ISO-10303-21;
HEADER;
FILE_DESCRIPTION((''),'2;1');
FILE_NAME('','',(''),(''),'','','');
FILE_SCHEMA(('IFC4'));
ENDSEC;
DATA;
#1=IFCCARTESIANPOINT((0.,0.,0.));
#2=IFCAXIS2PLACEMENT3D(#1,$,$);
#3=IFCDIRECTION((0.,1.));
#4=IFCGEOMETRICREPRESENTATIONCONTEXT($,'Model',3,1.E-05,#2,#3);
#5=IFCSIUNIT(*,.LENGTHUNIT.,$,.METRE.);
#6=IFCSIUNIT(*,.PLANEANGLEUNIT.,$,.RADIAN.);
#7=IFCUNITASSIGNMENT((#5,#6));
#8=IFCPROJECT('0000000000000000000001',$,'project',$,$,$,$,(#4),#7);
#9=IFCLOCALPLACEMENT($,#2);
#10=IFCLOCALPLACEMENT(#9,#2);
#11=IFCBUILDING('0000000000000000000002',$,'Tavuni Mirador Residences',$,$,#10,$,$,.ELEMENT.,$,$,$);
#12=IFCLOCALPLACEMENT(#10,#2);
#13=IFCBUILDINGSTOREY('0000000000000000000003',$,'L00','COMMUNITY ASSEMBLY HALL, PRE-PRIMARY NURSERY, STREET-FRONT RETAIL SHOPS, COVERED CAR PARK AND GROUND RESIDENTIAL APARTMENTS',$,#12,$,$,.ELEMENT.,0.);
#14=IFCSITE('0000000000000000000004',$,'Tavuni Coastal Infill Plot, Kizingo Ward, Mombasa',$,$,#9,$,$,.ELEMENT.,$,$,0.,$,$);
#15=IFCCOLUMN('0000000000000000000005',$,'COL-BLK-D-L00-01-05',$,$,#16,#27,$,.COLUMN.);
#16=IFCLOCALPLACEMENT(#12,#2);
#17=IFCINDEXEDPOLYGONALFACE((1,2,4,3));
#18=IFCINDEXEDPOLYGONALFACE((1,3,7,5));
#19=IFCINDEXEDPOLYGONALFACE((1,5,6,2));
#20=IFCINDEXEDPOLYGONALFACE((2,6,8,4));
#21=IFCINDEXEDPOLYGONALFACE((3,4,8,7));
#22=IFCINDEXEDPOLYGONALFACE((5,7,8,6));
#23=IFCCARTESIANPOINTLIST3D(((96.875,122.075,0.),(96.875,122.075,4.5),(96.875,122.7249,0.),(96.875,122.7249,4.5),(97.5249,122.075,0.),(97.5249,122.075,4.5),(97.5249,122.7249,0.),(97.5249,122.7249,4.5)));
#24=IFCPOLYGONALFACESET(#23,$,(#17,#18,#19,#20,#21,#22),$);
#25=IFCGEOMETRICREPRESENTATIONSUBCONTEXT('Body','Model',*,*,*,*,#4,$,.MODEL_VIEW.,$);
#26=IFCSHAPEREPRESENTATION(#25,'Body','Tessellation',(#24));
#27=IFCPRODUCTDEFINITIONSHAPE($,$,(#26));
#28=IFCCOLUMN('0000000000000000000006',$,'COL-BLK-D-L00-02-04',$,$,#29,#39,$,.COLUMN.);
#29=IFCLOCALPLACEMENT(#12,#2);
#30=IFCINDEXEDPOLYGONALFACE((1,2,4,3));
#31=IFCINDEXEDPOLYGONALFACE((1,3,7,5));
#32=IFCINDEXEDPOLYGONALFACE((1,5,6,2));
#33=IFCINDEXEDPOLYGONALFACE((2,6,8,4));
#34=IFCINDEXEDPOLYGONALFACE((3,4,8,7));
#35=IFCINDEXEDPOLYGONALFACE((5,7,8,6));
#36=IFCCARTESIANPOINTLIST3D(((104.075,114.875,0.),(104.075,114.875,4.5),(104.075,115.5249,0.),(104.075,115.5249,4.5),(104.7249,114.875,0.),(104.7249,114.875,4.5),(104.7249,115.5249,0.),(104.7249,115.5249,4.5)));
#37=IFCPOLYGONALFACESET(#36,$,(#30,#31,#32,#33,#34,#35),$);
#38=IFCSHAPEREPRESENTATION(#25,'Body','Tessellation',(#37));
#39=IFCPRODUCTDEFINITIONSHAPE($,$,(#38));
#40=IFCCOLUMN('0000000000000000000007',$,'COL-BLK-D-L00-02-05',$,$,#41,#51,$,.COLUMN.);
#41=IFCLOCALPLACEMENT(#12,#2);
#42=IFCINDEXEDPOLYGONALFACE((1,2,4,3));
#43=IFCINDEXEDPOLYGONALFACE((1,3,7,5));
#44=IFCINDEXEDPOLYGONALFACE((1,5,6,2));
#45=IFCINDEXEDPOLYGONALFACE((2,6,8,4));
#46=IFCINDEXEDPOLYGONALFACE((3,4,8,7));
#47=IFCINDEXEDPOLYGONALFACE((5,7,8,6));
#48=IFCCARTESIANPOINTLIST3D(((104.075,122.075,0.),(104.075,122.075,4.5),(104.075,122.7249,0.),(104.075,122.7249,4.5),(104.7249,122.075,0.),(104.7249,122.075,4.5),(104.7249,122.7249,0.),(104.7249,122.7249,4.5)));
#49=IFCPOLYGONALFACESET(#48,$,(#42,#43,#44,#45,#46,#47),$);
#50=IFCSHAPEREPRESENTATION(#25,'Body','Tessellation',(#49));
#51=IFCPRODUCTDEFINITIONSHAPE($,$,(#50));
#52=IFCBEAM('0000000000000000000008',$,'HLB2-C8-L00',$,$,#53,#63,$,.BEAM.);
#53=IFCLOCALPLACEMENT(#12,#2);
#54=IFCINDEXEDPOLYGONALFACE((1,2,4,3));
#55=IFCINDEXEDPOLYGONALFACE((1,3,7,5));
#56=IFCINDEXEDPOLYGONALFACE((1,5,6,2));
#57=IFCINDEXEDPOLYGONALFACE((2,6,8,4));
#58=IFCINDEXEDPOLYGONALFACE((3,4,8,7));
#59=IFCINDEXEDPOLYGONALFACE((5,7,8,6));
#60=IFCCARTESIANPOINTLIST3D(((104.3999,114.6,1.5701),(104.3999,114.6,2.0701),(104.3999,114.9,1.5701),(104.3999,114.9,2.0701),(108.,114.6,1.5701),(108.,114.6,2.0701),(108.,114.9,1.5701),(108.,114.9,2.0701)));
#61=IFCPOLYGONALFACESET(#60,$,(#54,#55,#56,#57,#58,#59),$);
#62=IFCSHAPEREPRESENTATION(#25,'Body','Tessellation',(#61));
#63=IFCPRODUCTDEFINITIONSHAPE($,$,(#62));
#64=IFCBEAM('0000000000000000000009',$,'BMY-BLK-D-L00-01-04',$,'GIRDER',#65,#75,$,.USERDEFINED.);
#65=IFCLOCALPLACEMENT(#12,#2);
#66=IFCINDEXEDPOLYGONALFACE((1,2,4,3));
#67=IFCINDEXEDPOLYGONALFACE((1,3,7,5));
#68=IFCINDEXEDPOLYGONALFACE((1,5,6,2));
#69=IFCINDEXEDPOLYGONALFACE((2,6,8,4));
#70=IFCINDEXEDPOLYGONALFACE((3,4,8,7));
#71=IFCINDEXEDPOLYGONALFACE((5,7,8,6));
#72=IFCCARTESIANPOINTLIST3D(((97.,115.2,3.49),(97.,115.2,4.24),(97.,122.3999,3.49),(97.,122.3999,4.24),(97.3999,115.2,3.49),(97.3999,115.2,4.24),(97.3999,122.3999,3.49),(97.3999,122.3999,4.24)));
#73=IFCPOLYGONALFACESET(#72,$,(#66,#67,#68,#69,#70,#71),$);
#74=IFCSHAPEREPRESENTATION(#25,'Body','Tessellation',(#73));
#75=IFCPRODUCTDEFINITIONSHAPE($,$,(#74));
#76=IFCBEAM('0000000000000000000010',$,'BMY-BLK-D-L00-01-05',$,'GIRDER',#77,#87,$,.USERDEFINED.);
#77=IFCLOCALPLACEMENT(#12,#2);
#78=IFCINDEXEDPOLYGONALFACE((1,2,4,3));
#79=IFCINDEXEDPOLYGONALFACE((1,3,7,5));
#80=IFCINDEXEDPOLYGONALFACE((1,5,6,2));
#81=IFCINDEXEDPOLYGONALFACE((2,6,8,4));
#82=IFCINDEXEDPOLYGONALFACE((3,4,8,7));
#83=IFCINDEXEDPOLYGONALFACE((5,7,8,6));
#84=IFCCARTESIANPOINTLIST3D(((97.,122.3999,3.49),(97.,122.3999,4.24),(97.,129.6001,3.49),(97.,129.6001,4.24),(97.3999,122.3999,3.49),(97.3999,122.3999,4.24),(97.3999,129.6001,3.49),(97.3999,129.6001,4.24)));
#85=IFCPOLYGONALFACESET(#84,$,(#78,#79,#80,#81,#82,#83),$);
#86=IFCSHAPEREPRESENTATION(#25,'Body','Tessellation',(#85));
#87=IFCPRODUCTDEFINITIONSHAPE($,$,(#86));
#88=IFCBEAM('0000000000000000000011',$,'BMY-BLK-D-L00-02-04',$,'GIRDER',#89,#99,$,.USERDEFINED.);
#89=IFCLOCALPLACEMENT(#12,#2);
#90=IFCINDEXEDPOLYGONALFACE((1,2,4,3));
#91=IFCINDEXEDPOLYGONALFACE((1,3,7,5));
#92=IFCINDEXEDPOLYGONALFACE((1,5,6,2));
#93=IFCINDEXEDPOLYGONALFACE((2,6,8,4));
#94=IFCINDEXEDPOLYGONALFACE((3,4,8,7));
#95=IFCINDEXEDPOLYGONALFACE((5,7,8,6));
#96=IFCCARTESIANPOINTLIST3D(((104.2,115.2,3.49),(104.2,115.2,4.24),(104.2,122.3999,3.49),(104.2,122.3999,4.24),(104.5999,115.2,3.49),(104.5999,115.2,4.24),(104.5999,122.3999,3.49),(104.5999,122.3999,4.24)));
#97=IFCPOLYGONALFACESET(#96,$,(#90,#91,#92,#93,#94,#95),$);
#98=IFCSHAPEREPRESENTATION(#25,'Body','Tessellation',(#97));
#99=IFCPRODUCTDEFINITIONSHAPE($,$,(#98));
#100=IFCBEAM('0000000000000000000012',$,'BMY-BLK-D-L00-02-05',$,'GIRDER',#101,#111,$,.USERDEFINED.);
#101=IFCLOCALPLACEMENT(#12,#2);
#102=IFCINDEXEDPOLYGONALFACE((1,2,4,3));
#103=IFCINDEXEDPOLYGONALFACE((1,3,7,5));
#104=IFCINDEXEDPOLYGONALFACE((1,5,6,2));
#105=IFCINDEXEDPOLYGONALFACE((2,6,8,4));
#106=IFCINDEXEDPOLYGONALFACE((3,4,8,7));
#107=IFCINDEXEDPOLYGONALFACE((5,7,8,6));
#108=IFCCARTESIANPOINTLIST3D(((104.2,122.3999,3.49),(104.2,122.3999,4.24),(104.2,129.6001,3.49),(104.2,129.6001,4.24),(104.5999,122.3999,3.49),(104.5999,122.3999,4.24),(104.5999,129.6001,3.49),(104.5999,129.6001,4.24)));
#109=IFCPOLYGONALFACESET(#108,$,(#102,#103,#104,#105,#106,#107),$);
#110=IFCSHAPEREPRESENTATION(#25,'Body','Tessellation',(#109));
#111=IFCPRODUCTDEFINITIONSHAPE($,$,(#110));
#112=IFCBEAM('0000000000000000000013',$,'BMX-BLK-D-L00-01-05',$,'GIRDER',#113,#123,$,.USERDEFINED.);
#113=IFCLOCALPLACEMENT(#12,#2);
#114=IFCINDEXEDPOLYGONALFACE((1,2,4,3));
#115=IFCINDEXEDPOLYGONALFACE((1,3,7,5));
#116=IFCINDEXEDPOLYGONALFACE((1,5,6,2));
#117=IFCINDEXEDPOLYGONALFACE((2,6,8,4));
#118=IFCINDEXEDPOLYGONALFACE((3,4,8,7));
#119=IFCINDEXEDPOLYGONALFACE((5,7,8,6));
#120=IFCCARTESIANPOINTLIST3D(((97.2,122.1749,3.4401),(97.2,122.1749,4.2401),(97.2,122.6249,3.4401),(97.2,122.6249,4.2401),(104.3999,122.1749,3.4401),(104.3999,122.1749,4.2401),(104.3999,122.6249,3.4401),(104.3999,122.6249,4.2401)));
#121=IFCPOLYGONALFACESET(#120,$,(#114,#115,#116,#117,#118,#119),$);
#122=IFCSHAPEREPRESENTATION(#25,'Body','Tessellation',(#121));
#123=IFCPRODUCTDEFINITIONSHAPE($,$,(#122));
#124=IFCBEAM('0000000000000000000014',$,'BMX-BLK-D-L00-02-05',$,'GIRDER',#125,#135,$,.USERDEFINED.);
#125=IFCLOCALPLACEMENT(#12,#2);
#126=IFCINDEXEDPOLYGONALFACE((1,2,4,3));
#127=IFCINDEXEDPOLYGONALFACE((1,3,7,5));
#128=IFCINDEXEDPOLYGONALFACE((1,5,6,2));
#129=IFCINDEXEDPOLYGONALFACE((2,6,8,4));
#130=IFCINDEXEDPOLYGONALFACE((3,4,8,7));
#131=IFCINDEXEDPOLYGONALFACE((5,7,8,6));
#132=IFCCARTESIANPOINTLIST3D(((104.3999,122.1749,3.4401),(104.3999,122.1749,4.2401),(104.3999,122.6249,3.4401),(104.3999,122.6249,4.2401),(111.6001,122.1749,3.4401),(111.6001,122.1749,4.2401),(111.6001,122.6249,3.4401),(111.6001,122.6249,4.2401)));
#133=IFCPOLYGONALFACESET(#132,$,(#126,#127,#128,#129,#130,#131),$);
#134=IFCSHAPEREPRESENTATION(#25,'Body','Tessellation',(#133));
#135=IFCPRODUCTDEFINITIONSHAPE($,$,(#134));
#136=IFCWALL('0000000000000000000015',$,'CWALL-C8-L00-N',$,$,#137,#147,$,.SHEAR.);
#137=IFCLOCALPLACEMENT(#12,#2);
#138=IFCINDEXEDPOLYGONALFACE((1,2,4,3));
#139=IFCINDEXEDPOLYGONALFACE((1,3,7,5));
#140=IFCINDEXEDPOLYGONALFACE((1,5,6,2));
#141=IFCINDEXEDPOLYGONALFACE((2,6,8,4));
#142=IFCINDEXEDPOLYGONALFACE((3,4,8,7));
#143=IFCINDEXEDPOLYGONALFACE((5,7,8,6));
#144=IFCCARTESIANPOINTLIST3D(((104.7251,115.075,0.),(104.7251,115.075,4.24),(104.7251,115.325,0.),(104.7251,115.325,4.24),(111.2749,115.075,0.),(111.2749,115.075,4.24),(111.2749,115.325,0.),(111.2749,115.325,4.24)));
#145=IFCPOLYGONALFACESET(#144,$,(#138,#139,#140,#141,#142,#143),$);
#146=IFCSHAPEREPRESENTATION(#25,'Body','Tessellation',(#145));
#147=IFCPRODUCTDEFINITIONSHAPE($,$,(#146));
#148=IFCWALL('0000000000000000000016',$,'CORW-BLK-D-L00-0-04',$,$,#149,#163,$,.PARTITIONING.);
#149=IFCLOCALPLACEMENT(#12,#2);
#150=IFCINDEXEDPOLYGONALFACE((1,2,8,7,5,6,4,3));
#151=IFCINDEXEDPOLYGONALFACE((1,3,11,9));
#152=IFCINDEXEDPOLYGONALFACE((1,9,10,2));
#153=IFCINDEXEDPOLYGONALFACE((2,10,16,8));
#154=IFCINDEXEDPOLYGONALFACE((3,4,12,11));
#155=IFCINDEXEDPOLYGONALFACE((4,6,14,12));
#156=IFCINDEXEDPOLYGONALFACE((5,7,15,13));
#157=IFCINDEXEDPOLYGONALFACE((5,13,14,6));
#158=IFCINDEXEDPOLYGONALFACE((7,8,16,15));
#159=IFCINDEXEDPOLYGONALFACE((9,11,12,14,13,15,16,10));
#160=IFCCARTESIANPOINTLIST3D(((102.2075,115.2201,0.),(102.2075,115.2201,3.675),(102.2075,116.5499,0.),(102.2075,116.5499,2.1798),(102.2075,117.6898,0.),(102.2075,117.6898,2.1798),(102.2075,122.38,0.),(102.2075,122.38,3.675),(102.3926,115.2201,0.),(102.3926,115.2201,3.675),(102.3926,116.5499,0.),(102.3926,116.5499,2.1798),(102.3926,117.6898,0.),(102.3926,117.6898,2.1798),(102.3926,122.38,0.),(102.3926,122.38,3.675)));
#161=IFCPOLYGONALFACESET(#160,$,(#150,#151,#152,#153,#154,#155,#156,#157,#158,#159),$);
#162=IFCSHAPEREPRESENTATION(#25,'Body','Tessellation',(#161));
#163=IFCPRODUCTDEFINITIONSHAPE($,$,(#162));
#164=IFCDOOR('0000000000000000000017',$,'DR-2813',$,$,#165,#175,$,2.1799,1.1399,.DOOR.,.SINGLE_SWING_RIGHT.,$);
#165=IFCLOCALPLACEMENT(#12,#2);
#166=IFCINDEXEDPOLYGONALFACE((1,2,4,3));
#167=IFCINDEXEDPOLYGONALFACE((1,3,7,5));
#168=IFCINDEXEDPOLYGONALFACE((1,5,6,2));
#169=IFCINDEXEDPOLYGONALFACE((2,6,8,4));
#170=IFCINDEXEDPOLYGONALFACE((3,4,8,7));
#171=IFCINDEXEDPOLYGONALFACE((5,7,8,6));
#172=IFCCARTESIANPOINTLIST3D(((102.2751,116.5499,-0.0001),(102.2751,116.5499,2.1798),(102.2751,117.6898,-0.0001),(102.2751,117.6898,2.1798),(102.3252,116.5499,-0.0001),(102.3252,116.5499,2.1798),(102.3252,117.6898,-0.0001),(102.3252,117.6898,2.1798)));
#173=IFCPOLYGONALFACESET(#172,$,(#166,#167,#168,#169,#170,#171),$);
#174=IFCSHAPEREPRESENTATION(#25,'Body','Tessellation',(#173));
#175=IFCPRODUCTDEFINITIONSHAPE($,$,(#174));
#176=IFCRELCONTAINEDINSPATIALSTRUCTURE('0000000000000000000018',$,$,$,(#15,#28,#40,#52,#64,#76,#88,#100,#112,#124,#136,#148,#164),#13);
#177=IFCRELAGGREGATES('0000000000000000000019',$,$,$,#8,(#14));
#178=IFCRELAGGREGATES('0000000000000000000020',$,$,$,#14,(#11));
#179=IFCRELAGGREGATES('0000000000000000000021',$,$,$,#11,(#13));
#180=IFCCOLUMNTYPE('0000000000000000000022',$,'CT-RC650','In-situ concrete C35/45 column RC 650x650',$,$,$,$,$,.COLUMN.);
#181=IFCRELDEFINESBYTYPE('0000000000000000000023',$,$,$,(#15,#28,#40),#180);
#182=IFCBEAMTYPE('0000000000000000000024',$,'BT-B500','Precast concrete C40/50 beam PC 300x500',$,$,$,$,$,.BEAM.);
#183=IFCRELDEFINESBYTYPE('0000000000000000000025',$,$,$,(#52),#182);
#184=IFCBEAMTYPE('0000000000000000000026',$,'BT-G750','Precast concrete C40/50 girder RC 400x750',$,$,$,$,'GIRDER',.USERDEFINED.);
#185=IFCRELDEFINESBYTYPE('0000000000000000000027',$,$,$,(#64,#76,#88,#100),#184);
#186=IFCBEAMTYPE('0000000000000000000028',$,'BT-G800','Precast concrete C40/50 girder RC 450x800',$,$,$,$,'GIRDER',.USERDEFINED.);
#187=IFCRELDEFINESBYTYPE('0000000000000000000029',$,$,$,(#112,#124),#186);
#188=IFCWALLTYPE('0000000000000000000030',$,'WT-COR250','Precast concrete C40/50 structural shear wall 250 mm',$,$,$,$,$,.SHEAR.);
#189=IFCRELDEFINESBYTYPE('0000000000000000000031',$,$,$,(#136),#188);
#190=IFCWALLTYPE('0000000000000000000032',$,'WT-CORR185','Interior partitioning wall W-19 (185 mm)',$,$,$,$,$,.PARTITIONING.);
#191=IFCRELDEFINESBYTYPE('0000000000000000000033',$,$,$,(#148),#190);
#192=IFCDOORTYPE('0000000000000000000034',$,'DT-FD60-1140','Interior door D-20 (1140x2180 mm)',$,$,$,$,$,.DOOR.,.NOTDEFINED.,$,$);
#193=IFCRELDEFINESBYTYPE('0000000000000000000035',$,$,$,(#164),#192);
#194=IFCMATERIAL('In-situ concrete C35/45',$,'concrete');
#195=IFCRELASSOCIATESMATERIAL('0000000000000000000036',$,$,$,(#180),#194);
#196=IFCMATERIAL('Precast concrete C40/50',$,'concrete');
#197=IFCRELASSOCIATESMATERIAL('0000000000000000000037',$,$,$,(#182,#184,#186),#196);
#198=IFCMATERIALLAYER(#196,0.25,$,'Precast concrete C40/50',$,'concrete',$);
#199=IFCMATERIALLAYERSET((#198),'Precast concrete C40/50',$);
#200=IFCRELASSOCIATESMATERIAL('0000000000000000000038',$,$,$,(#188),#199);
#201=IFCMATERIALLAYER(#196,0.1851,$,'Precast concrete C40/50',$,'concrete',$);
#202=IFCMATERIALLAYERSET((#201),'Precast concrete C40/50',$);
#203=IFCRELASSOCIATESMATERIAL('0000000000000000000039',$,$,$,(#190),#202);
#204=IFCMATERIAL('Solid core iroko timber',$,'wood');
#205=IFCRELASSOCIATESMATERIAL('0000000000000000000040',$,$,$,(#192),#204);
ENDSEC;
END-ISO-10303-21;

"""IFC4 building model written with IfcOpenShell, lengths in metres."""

from ifc_helpers import new_model, si_unit, direction, frame, frame_2d, origin, origin_2d, place, context, subcontext, project, spatial, rectangle, extrude, material, layer, layer_set, material_profile, profile_set, type_object, element, fill, save


model = new_model("IFC4")

# Units and contexts
model_context = context("Model", 3, precision=1e-05, world=origin(), true_north=direction((0.0, 1.0)))
body_context = subcontext(model_context, "Body", "Model", "MODEL_VIEW")
ifc_project = project(units=[si_unit("LENGTHUNIT", "METRE"), si_unit("PLANEANGLEUNIT", "RADIAN")], contexts=[model_context])

# Site, building, storey
site_placement = place(None, origin())
site = spatial("IfcSite", under=ifc_project, at=site_placement, Name="Tavuni Coastal Infill Plot, Kizingo Ward, Mombasa", CompositionType="ELEMENT", RefElevation=0.0)
building_placement = place(site_placement, origin())
building = spatial("IfcBuilding", under=site, at=building_placement, Name="Tavuni Mirador Residences", CompositionType="ELEMENT")
storey_placement = place(building_placement, origin())
storey = spatial("IfcBuildingStorey", under=building, at=storey_placement, Name="L00", Description="COMMUNITY ASSEMBLY HALL, PRE-PRIMARY NURSERY, STREET-FRONT RETAIL SHOPS, COVERED CAR PARK AND GROUND RESIDENTIAL APARTMENTS", CompositionType="ELEMENT", Elevation=0.0)

# Columns
ifc_material_1 = material(Name="In-situ concrete C35/45", Category="concrete")
ifc_material_profile_1 = material_profile(ifc_material_1, rectangle(XDim=0.6499, YDim=0.6499, at=origin_2d()), Name="RC 650x650", Category="concrete")
ifc_profile_set_1 = profile_set([ifc_material_profile_1], Name="In-situ concrete C35/45")
column_type = type_object("IfcColumnType", Name="CT-RC650", Description="In-situ concrete C35/45 column RC 650x650", PredefinedType="COLUMN", material=ifc_profile_set_1)
for number, where, z_axis, x_axis, name in (
    (1, (97.2, 122.3999, 0.0), (0.0, 0.0, 1.0), (1.0, 0.0, 0.0), "COL-BLK-D-L00-01-05"),
    (2, (104.3999, 115.2, 0.0), (0.0, 0.0, 1.0), (1.0, 0.0, 0.0), "COL-BLK-D-L00-02-04"),
    (3, (104.3999, 122.3999, 0.0), (0.0, 0.0, 1.0), (1.0, 0.0, 0.0), "COL-BLK-D-L00-02-05"),
):
    element("IfcColumn", number, at=place(storey_placement, frame(where, z_axis=z_axis, x_axis=x_axis)), inside=storey, type_object=column_type, Name=name, PredefinedType="COLUMN", context=body_context, shape_type="SweptSolid", body=[
        extrude(rectangle(XDim=0.6499, YDim=0.6499, at=origin_2d()), origin(), (0.0, 0.0, 1.0), 4.5),
    ])

# Beams
ifc_material_2 = material(Name="Precast concrete C40/50", Category="concrete")
ifc_material_profile_2 = material_profile(ifc_material_2, rectangle(XDim=0.3, YDim=0.5, at=origin_2d()), Name="PC 300x500", Category="concrete")
ifc_profile_set_2 = profile_set([ifc_material_profile_2], Name="Precast concrete C40/50")
beam_type_1 = type_object("IfcBeamType", Name="BT-B500", Description="Precast concrete C40/50 beam PC 300x500", PredefinedType="BEAM", material=ifc_profile_set_2)
beam_1_placement = place(storey_placement, frame((104.3999, 114.75, 1.8201), z_axis=(1.0, 0.0, 0.0), x_axis=(0.0, 1.0, 0.0)))
element("IfcBeam", 4, at=beam_1_placement, inside=storey, type_object=beam_type_1, Name="HLB2-C8-L00", PredefinedType="BEAM", context=body_context, shape_type="SweptSolid", body=[
    extrude(rectangle(XDim=0.3, YDim=0.5, at=origin_2d()), origin(), (0.0, 0.0, 1.0), 3.6001),
])
ifc_material_profile_3 = material_profile(ifc_material_2, rectangle(XDim=0.3999, YDim=0.75, at=origin_2d()), Name="RC 400x750", Category="concrete")
ifc_profile_set_3 = profile_set([ifc_material_profile_3], Name="Precast concrete C40/50")
beam_type_2 = type_object("IfcBeamType", Name="BT-G750", Description="Precast concrete C40/50 girder RC 400x750", ElementType="GIRDER", PredefinedType="USERDEFINED", material=ifc_profile_set_3)
beam_2_placement = place(storey_placement, frame((97.2, 115.2, 3.865), z_axis=(0.0, 1.0, 0.0), x_axis=(-1.0, 0.0, 0.0)))
element("IfcBeam", 5, at=beam_2_placement, inside=storey, type_object=beam_type_2, Name="BMY-BLK-D-L00-01-04", ObjectType="GIRDER", PredefinedType="USERDEFINED", context=body_context, shape_type="SweptSolid", body=[
    extrude(rectangle(XDim=0.3999, YDim=0.75, at=origin_2d()), origin(), (0.0, 0.0, 1.0), 7.2),
])
beam_3_placement = place(storey_placement, frame((97.2, 122.3999, 3.865), z_axis=(0.0, 1.0, 0.0), x_axis=(-1.0, 0.0, 0.0)))
element("IfcBeam", 6, at=beam_3_placement, inside=storey, type_object=beam_type_2, Name="BMY-BLK-D-L00-01-05", ObjectType="GIRDER", PredefinedType="USERDEFINED", context=body_context, shape_type="SweptSolid", body=[
    extrude(rectangle(XDim=0.3999, YDim=0.75, at=origin_2d()), origin(), (0.0, 0.0, 1.0), 7.2002),
])
beam_4_placement = place(storey_placement, frame((104.3999, 115.2, 3.865), z_axis=(0.0, 1.0, 0.0), x_axis=(-1.0, 0.0, 0.0)))
element("IfcBeam", 7, at=beam_4_placement, inside=storey, type_object=beam_type_2, Name="BMY-BLK-D-L00-02-04", ObjectType="GIRDER", PredefinedType="USERDEFINED", context=body_context, shape_type="SweptSolid", body=[
    extrude(rectangle(XDim=0.3999, YDim=0.75, at=origin_2d()), origin(), (0.0, 0.0, 1.0), 7.2),
])
beam_5_placement = place(storey_placement, frame((104.3999, 122.3999, 3.865), z_axis=(0.0, 1.0, 0.0), x_axis=(-1.0, 0.0, 0.0)))
element("IfcBeam", 8, at=beam_5_placement, inside=storey, type_object=beam_type_2, Name="BMY-BLK-D-L00-02-05", ObjectType="GIRDER", PredefinedType="USERDEFINED", context=body_context, shape_type="SweptSolid", body=[
    extrude(rectangle(XDim=0.3999, YDim=0.75, at=origin_2d()), origin(), (0.0, 0.0, 1.0), 7.2002),
])
ifc_material_profile_4 = material_profile(ifc_material_2, rectangle(XDim=0.45, YDim=0.8, at=origin_2d()), Name="RC 450x800", Category="concrete")
ifc_profile_set_4 = profile_set([ifc_material_profile_4], Name="Precast concrete C40/50")
beam_type_3 = type_object("IfcBeamType", Name="BT-G800", Description="Precast concrete C40/50 girder RC 450x800", ElementType="GIRDER", PredefinedType="USERDEFINED", material=ifc_profile_set_4)
beam_6_placement = place(storey_placement, frame((97.2, 122.3999, 3.8401), z_axis=(1.0, 0.0, 0.0), x_axis=(0.0, 1.0, 0.0)))
element("IfcBeam", 9, at=beam_6_placement, inside=storey, type_object=beam_type_3, Name="BMX-BLK-D-L00-01-05", ObjectType="GIRDER", PredefinedType="USERDEFINED", context=body_context, shape_type="SweptSolid", body=[
    extrude(rectangle(XDim=0.45, YDim=0.8, at=origin_2d()), origin(), (0.0, 0.0, 1.0), 7.2),
])
beam_7_placement = place(storey_placement, frame((104.3999, 122.3999, 3.8401), z_axis=(1.0, 0.0, 0.0), x_axis=(0.0, 1.0, 0.0)))
element("IfcBeam", 10, at=beam_7_placement, inside=storey, type_object=beam_type_3, Name="BMX-BLK-D-L00-02-05", ObjectType="GIRDER", PredefinedType="USERDEFINED", context=body_context, shape_type="SweptSolid", body=[
    extrude(rectangle(XDim=0.45, YDim=0.8, at=origin_2d()), origin(), (0.0, 0.0, 1.0), 7.2002),
])

# Wall
ifc_layer_1 = layer(ifc_material_2, 0.25, Name="Precast concrete C40/50", Category="concrete")
ifc_layer_set_1 = layer_set([ifc_layer_1], Name="Precast concrete C40/50")
wall_type_1 = type_object("IfcWallType", Name="WT-COR250", Description="Precast concrete C40/50 structural shear wall 250 mm", PredefinedType="SHEAR", material=ifc_layer_set_1)
wall_1_placement = place(storey_placement, frame((104.7251, 115.2, 0.0), z_axis=(0.0, 0.0, 1.0), x_axis=(1.0, 0.0, 0.0)))
element("IfcWall", 11, at=wall_1_placement, inside=storey, type_object=wall_type_1, Name="CWALL-C8-L00-N", PredefinedType="SHEAR", context=body_context, shape_type="SweptSolid", body=[
    extrude(rectangle(XDim=6.5498, YDim=0.25, at=frame_2d((3.2749, 0.0))), origin(), (0.0, 0.0, 1.0), 4.24),
])

# Wall, opening, door
ifc_layer_2 = layer(ifc_material_2, 0.1851, Name="Precast concrete C40/50", Category="concrete")
ifc_layer_set_2 = layer_set([ifc_layer_2], Name="Precast concrete C40/50")
wall_type_2 = type_object("IfcWallType", Name="WT-CORR185", Description="Interior partitioning wall W-19 (185 mm)", PredefinedType="PARTITIONING", material=ifc_layer_set_2)
wall_2_placement = place(storey_placement, frame((102.3, 115.22, 0.0), z_axis=(0.0, 0.0, 1.0), x_axis=(0.0, 1.0, 0.0)))
wall_2 = element("IfcWall", 12, at=wall_2_placement, inside=storey, type_object=wall_type_2, Name="CORW-BLK-D-L00-0-04", PredefinedType="PARTITIONING", context=body_context, shape_type="SweptSolid", body=[
    extrude(rectangle(XDim=7.1599, YDim=0.1851, at=frame_2d((3.5801, 0.0))), origin(), (0.0, 0.0, 1.0), 3.675),
])
opening_1_placement = place(wall_2_placement, frame((1.3301, 0.0, 0.0)))
opening_1 = element("IfcOpeningElement", 13, at=opening_1_placement, cuts=wall_2, PredefinedType="OPENING", context=body_context, shape_type="SweptSolid", body=[
    extrude(rectangle(XDim=1.1399, YDim=2.1799, at=frame_2d((0.5698, 1.0898))), frame((0.0, 0.1025, 0.0), z_axis=(0.0, -1.0, 0.0), x_axis=(1.0, 0.0, 0.0)), (0.0, 0.0, 1.0), 0.2051),
])
ifc_material_3 = material(Name="Solid core iroko timber", Category="wood")
door_type_1 = type_object("IfcDoorType", Name="DT-FD60-1140", Description="Interior door D-20 (1140x2180 mm)", OperationType="NOTDEFINED", PredefinedType="DOOR", material=ifc_material_3)
door_1_placement = place(opening_1_placement, origin())
door_1 = element("IfcDoor", 14, at=door_1_placement, inside=storey, type_object=door_type_1, Name="DR-2813", OperationType="SINGLE_SWING_RIGHT", OverallHeight=2.1799, OverallWidth=1.1399, PredefinedType="DOOR", context=body_context, shape_type="SweptSolid", body=[
    extrude(rectangle(XDim=1.1399, YDim=2.1799, at=frame_2d((0.5698, 1.0898))), frame((0.0, 0.0249, 0.0), z_axis=(0.0, -1.0, 0.0), x_axis=(1.0, 0.0, 0.0)), (0.0, 0.0, 1.0), 0.05),
])
fill(opening_1, door_1)

save(model, "model.ifc")
